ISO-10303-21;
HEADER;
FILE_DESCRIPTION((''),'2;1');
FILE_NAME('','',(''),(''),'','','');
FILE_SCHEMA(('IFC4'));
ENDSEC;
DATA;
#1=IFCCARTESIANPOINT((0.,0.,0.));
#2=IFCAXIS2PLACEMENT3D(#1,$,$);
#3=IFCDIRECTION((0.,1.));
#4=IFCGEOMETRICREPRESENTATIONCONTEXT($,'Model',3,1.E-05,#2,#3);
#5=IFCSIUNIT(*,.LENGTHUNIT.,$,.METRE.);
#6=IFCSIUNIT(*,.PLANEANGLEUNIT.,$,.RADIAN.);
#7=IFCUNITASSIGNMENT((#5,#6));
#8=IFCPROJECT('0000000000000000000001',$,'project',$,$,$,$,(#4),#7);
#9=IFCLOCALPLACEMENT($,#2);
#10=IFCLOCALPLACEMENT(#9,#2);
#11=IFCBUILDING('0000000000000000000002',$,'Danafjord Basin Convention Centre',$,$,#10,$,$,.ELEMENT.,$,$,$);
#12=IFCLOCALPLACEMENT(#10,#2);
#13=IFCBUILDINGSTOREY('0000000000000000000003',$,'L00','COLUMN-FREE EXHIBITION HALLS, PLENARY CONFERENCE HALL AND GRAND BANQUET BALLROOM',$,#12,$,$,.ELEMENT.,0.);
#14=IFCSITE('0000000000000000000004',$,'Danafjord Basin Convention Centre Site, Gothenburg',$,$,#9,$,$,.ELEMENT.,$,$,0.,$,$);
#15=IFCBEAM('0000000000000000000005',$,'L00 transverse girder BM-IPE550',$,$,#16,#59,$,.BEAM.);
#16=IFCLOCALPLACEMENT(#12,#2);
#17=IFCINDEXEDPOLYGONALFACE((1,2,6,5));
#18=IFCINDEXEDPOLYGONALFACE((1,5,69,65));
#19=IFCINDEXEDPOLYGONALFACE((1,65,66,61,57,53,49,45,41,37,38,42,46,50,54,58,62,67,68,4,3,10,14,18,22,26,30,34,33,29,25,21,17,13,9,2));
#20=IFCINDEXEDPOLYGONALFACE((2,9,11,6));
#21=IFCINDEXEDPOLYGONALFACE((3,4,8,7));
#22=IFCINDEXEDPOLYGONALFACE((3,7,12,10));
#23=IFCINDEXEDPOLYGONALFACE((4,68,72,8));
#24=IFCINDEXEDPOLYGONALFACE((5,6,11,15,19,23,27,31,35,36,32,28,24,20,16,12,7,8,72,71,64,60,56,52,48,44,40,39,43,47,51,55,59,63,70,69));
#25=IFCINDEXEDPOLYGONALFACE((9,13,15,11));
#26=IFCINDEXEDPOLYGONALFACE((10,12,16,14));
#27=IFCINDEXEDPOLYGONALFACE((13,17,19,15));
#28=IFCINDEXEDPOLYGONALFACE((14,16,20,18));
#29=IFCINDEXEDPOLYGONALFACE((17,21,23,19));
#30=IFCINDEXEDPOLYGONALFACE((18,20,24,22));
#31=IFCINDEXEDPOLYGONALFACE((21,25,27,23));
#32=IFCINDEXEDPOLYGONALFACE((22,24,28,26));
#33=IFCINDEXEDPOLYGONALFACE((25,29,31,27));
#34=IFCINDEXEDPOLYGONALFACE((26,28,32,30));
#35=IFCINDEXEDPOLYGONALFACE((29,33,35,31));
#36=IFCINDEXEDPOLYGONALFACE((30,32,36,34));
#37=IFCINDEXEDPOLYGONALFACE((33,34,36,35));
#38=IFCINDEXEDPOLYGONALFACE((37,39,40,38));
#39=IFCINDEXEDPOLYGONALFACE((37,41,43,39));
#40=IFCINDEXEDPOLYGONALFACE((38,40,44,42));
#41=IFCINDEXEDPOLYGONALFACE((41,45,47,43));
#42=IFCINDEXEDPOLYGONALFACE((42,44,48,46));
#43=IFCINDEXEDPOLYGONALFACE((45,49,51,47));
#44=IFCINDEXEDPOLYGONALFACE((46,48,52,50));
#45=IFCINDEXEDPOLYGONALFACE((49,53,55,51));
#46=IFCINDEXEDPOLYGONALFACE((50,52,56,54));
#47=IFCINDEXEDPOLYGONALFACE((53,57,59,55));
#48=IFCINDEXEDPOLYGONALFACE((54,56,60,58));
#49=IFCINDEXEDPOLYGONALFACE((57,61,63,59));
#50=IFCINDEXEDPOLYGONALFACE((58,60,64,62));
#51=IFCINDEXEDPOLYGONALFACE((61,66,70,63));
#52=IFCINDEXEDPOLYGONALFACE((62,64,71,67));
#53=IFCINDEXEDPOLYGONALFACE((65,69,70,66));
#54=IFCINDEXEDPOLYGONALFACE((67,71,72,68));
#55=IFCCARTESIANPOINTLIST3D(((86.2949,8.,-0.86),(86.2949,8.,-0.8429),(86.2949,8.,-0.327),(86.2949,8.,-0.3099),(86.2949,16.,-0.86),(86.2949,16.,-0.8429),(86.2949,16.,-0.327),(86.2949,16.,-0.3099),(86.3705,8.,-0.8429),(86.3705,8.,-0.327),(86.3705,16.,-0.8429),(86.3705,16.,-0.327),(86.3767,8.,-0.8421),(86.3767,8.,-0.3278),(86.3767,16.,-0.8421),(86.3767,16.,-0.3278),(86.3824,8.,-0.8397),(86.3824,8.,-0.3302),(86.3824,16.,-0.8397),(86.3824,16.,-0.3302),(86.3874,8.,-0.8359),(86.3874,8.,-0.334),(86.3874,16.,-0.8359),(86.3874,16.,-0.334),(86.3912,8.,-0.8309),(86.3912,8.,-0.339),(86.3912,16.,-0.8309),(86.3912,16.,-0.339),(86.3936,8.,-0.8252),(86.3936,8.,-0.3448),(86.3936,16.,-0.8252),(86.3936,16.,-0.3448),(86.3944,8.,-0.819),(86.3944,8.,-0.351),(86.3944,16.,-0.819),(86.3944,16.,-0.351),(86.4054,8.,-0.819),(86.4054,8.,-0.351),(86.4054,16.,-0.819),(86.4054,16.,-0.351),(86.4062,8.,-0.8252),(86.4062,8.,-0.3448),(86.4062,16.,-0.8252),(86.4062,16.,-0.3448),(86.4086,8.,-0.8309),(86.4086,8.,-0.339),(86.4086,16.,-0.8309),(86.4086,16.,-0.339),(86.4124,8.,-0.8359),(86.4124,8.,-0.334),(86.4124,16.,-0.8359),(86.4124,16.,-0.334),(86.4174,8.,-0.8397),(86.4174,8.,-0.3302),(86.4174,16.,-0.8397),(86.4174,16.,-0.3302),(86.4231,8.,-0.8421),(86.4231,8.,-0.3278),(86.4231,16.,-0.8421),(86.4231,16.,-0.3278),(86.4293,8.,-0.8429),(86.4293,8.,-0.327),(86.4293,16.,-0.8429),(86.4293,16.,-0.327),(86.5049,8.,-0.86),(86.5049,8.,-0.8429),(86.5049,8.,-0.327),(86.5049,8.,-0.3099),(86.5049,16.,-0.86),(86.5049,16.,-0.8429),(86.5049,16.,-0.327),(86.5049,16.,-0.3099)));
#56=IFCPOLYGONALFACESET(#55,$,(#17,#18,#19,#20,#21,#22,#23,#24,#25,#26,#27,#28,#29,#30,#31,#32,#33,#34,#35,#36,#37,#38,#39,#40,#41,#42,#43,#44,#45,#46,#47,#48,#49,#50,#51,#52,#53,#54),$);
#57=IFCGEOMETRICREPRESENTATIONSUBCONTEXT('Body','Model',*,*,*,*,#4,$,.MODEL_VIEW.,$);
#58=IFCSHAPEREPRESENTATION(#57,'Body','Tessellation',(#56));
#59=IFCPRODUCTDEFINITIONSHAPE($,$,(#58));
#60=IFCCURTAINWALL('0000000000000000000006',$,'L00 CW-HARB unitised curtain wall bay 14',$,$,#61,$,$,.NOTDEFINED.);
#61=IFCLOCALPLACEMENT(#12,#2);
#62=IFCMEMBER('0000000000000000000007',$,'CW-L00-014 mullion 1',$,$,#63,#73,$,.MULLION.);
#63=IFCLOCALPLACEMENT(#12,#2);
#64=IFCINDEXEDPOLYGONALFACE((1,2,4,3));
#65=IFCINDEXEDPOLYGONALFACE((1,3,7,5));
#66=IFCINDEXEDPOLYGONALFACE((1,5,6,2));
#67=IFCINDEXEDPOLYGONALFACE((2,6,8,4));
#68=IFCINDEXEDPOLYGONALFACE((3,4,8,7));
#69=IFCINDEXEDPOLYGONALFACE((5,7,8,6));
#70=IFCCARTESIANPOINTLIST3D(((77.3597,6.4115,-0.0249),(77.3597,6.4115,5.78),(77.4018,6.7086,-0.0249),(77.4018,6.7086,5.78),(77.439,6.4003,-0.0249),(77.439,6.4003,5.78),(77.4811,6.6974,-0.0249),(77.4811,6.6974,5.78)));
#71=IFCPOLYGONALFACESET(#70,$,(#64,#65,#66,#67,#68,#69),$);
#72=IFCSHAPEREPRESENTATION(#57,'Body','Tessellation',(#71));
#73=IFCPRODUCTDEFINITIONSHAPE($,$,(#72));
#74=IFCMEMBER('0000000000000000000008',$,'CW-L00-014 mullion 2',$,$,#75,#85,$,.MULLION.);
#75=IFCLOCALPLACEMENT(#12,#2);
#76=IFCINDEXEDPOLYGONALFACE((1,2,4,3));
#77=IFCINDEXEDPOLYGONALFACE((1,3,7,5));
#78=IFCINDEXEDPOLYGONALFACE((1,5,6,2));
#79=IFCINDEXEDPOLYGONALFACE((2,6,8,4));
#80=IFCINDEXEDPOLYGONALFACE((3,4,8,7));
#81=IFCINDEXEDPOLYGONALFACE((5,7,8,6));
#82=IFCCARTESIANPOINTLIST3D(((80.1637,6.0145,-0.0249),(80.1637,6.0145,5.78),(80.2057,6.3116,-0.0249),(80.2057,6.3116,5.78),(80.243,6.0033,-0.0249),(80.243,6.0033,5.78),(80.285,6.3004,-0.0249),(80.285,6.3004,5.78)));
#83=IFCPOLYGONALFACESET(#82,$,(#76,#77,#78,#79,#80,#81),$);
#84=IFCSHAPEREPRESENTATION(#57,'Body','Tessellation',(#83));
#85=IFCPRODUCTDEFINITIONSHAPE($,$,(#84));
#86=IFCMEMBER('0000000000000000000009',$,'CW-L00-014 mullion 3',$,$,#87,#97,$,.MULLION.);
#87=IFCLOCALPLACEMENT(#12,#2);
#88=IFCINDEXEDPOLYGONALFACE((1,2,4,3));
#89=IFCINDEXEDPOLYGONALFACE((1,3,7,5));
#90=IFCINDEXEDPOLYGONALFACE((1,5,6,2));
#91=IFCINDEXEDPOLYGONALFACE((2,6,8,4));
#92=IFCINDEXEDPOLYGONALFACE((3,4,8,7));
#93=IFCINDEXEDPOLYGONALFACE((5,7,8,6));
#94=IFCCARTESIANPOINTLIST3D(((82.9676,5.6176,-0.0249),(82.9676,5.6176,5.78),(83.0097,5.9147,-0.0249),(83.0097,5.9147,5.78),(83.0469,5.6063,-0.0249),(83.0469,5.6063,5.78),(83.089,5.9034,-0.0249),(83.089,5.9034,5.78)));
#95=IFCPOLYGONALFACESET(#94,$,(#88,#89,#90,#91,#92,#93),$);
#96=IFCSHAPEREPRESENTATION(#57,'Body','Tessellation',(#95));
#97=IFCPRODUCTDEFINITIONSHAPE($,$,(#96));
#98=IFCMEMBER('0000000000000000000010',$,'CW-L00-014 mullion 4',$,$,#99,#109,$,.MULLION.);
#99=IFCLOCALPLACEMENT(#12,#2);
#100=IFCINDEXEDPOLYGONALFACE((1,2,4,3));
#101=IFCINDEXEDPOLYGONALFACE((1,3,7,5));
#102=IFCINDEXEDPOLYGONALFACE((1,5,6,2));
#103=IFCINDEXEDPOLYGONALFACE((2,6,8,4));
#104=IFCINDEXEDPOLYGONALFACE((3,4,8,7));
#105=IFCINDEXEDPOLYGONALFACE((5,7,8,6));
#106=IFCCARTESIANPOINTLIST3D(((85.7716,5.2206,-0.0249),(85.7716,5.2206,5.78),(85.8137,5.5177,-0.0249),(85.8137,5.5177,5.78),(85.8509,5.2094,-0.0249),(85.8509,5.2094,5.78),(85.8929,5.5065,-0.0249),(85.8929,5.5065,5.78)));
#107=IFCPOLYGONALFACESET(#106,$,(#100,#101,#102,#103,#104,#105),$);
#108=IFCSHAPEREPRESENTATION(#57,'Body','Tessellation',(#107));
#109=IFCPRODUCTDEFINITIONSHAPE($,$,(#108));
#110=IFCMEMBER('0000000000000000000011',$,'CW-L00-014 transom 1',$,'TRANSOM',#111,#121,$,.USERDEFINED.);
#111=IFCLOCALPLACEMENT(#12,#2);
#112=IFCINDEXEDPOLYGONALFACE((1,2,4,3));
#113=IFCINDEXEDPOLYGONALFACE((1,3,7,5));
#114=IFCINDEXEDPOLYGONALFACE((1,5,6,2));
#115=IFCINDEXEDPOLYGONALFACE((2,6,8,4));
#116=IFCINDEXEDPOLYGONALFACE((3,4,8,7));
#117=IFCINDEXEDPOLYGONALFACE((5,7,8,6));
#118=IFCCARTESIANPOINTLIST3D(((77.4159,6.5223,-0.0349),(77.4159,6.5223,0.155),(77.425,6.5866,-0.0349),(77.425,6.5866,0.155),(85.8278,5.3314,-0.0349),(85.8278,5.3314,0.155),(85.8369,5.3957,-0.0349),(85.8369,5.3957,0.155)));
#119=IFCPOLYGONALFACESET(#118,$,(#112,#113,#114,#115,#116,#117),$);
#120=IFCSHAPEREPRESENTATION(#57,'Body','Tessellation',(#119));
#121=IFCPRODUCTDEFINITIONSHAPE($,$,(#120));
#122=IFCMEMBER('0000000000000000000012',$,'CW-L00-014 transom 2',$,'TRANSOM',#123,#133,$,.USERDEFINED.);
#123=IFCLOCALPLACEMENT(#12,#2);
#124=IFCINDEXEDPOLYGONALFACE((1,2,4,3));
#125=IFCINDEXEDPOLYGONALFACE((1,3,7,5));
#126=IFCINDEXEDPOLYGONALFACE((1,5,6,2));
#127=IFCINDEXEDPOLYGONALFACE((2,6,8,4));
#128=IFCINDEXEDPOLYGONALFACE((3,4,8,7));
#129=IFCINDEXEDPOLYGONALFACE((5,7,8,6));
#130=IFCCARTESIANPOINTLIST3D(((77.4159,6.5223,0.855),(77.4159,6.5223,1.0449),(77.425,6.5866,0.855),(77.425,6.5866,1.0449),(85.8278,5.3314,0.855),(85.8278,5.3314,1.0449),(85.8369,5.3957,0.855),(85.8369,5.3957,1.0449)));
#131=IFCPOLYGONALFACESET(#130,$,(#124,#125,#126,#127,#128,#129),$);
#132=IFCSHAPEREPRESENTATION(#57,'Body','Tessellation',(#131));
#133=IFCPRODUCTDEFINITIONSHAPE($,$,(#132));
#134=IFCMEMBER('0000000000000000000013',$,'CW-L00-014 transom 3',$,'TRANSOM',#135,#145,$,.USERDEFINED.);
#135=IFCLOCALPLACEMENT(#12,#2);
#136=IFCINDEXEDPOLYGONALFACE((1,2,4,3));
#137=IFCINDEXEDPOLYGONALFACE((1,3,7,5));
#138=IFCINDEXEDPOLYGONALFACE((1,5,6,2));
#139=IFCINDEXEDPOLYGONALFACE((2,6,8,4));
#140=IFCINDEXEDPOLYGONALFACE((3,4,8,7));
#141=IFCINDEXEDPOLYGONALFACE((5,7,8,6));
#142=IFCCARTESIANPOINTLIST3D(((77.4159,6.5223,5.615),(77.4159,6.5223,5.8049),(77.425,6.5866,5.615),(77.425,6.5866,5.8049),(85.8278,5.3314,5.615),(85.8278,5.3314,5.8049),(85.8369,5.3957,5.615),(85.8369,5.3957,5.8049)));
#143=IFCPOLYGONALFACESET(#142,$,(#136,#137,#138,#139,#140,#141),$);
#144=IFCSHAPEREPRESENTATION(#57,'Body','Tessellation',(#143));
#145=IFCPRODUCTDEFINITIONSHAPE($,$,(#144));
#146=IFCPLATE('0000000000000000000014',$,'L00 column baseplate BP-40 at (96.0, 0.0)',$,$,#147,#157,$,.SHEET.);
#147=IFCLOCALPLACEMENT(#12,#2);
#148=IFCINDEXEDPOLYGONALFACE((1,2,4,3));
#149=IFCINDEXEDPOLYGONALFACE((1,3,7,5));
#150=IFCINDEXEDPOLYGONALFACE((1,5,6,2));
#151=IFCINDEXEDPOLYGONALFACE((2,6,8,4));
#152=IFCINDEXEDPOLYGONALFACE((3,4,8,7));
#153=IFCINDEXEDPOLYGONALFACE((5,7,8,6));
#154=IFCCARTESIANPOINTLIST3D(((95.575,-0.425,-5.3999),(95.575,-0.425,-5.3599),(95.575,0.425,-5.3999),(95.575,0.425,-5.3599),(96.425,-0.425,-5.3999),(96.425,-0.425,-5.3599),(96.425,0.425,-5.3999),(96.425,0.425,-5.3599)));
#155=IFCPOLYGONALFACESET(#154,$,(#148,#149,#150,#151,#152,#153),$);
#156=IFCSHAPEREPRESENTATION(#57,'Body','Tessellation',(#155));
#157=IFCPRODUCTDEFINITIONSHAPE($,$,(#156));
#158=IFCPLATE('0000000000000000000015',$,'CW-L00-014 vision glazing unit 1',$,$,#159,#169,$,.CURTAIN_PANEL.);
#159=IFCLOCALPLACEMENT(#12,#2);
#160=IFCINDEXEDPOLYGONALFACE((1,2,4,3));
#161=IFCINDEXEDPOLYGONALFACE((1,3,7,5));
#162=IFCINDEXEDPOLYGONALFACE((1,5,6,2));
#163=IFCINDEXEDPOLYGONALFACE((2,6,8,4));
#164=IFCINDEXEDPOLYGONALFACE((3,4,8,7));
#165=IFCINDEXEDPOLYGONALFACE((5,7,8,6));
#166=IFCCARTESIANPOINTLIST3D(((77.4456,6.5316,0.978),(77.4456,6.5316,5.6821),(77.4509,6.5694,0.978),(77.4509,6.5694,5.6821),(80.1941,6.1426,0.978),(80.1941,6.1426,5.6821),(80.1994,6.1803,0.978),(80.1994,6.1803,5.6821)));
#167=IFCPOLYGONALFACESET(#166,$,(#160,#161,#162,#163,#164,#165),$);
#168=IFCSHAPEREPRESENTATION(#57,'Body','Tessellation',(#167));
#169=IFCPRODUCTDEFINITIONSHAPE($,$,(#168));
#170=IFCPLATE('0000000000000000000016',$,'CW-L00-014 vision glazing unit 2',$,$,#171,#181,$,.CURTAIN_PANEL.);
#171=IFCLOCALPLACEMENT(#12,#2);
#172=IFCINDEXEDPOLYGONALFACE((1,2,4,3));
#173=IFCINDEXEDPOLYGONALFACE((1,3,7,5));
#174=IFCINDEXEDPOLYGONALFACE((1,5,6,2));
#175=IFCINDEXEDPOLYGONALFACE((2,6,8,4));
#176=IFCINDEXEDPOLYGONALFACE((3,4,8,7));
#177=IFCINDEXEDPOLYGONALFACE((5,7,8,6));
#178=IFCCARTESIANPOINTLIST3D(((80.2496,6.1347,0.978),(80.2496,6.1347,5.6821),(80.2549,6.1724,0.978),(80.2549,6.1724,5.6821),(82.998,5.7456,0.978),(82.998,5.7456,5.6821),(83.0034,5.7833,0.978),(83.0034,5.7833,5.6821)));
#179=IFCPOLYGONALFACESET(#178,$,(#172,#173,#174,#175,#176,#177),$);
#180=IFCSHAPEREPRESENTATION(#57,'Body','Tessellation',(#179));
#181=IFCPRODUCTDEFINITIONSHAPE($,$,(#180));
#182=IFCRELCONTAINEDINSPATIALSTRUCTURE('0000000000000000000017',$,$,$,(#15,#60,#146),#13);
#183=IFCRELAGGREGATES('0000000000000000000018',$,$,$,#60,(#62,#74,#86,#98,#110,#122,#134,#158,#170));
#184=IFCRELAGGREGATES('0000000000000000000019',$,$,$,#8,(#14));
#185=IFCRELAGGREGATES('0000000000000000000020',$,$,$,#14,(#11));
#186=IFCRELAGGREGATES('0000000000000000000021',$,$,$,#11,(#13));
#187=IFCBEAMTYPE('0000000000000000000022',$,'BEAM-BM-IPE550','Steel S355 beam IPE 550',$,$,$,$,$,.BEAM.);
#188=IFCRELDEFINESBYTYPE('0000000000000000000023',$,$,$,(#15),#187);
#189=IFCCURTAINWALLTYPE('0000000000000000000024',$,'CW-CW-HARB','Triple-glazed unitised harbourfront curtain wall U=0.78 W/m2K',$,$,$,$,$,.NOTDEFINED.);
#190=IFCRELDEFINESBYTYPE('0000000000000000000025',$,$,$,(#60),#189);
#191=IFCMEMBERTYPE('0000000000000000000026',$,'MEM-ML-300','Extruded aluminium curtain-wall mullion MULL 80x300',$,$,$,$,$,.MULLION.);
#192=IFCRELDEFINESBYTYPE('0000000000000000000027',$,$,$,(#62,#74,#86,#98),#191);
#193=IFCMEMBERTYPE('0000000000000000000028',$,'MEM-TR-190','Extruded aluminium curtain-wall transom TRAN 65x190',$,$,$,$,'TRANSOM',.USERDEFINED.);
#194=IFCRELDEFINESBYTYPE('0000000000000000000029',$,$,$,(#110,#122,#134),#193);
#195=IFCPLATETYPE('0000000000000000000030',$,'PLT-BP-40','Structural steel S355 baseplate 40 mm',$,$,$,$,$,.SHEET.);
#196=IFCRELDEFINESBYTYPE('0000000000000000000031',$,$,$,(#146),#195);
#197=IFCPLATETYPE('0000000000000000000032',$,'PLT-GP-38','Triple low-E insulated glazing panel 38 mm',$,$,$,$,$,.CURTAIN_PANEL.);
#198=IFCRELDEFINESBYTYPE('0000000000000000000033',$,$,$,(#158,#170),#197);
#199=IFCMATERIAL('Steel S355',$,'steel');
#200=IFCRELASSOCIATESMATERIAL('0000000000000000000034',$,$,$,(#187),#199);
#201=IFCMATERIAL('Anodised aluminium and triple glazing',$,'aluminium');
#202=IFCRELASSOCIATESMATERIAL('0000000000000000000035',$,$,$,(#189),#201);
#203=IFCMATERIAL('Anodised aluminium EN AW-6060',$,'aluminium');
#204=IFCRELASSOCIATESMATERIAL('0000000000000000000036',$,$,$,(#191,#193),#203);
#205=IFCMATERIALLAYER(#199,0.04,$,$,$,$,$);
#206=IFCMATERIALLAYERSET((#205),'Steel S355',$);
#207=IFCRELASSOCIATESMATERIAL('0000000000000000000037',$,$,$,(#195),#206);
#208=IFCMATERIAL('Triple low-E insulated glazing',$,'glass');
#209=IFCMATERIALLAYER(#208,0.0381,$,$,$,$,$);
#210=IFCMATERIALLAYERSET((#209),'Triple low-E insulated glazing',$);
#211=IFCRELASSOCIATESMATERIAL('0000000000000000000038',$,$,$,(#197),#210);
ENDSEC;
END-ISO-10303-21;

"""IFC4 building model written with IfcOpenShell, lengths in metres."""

from ifc_helpers import new_model, si_unit, direction, frame, origin, origin_2d, place, context, subcontext, project, spatial, rectangle, i_section, extrude, material, layer, layer_set, material_profile, profile_set, type_object, element, aggregate, save


model = new_model("IFC4")

# Units and contexts
model_context = context("Model", 3, precision=1e-05, world=origin(), true_north=direction((0.0, 1.0)))
body_context = subcontext(model_context, "Body", "Model", "MODEL_VIEW")
ifc_project = project(units=[si_unit("LENGTHUNIT", "METRE"), si_unit("PLANEANGLEUNIT", "RADIAN")], contexts=[model_context])

# Site, building, storey
site_placement = place(None, origin())
site = spatial("IfcSite", under=ifc_project, at=site_placement, Name="Danafjord Basin Convention Centre Site, Gothenburg", CompositionType="ELEMENT", RefElevation=0.0)
building_placement = place(site_placement, origin())
building = spatial("IfcBuilding", under=site, at=building_placement, Name="Danafjord Basin Convention Centre", CompositionType="ELEMENT")
storey_placement = place(building_placement, origin())
storey = spatial("IfcBuildingStorey", under=building, at=storey_placement, Name="L00", Description="COLUMN-FREE EXHIBITION HALLS, PLENARY CONFERENCE HALL AND GRAND BANQUET BALLROOM", CompositionType="ELEMENT", Elevation=0.0)

# Shared definitions
ifc_material_1 = material(Name="Steel S355", Category="steel")

# Beam
ifc_material_profile_1 = material_profile(ifc_material_1, i_section(OverallWidth=0.21, OverallDepth=0.55, WebThickness=0.011, FlangeThickness=0.0171, FilletRadius=0.0239, at=origin_2d()), Name="IPE 550")
ifc_profile_set_1 = profile_set([ifc_material_profile_1], Name="Steel S355")
beam_type_1 = type_object("IfcBeamType", Name="BEAM-BM-IPE550", Description="Steel S355 beam IPE 550", PredefinedType="BEAM", material=ifc_profile_set_1)
beam_1_placement = place(storey_placement, frame((86.3999, 8.0, -0.585), z_axis=(0.0, 1.0, 0.0), x_axis=(-1.0, 0.0, 0.0)))
element("IfcBeam", 1, at=beam_1_placement, inside=storey, type_object=beam_type_1, Name="L00 transverse girder BM-IPE550", PredefinedType="BEAM", context=body_context, shape_type="SweptSolid", body=[
    extrude(i_section(OverallWidth=0.21, OverallDepth=0.55, WebThickness=0.011, FlangeThickness=0.0171, FilletRadius=0.0239, at=origin_2d()), origin(), (0.0, 0.0, 1.0), 8.0),
])

# Curtain wall, members
ifc_material_2 = material(Name="Anodised aluminium and triple glazing", Category="aluminium")
curtain_wall_type = type_object("IfcCurtainWallType", Name="CW-CW-HARB", Description="Triple-glazed unitised harbourfront curtain wall U=0.78 W/m2K", PredefinedType="NOTDEFINED", material=ifc_material_2)
curtain_wall_placement = place(storey_placement, origin())
curtain_wall = element("IfcCurtainWall", 2, at=curtain_wall_placement, inside=storey, type_object=curtain_wall_type, Name="L00 CW-HARB unitised curtain wall bay 14", PredefinedType="NOTDEFINED")
ifc_material_3 = material(Name="Anodised aluminium EN AW-6060", Category="aluminium")
ifc_material_profile_2 = material_profile(ifc_material_3, rectangle(XDim=0.0801, YDim=0.3, at=origin_2d()), Name="MULL 80x300")
ifc_profile_set_2 = profile_set([ifc_material_profile_2], Name="Anodised aluminium EN AW-6060")
member_type_1 = type_object("IfcMemberType", Name="MEM-ML-300", Description="Extruded aluminium curtain-wall mullion MULL 80x300", PredefinedType="MULLION", material=ifc_profile_set_2)
member_1_placement = place(storey_placement, frame((77.4204, 6.5544, -0.0249), z_axis=(0.0, 0.0, 1.0), x_axis=(0.990128, -0.140165, 0.0)))
member_1 = element("IfcMember", 3, at=member_1_placement, type_object=member_type_1, Name="CW-L00-014 mullion 1", PredefinedType="MULLION", context=body_context, shape_type="SweptSolid", body=[
    extrude(rectangle(XDim=0.0801, YDim=0.3, at=origin_2d()), origin(), (0.0, 0.0, 1.0), 5.8049),
])
member_2_placement = place(storey_placement, frame((80.2244, 6.1575, -0.0249), z_axis=(0.0, 0.0, 1.0), x_axis=(0.990128, -0.140165, 0.0)))
member_2 = element("IfcMember", 4, at=member_2_placement, type_object=member_type_1, Name="CW-L00-014 mullion 2", PredefinedType="MULLION", context=body_context, shape_type="SweptSolid", body=[
    extrude(rectangle(XDim=0.0801, YDim=0.3, at=origin_2d()), origin(), (0.0, 0.0, 1.0), 5.8049),
])
member_3_placement = place(storey_placement, frame((83.0283, 5.7605, -0.0249), z_axis=(0.0, 0.0, 1.0), x_axis=(0.990128, -0.140165, 0.0)))
member_3 = element("IfcMember", 5, at=member_3_placement, type_object=member_type_1, Name="CW-L00-014 mullion 3", PredefinedType="MULLION", context=body_context, shape_type="SweptSolid", body=[
    extrude(rectangle(XDim=0.0801, YDim=0.3, at=origin_2d()), origin(), (0.0, 0.0, 1.0), 5.8049),
])
member_4_placement = place(storey_placement, frame((85.8323, 5.3635, -0.0249), z_axis=(0.0, 0.0, 1.0), x_axis=(0.990128, -0.140165, 0.0)))
member_4 = element("IfcMember", 6, at=member_4_placement, type_object=member_type_1, Name="CW-L00-014 mullion 4", PredefinedType="MULLION", context=body_context, shape_type="SweptSolid", body=[
    extrude(rectangle(XDim=0.0801, YDim=0.3, at=origin_2d()), origin(), (0.0, 0.0, 1.0), 5.8049),
])
ifc_material_profile_3 = material_profile(ifc_material_3, rectangle(XDim=0.0649, YDim=0.1899, at=origin_2d()), Name="TRAN 65x190")
ifc_profile_set_3 = profile_set([ifc_material_profile_3], Name="Anodised aluminium EN AW-6060")
member_type_2 = type_object("IfcMemberType", Name="MEM-TR-190", Description="Extruded aluminium curtain-wall transom TRAN 65x190", ElementType="TRANSOM", PredefinedType="USERDEFINED", material=ifc_profile_set_3)
member_5_placement = place(storey_placement, frame((77.4204, 6.5544, 0.0601), z_axis=(0.990126, -0.140178, 0.0), x_axis=(0.140178, 0.990126, 0.0)))
member_5 = element("IfcMember", 7, at=member_5_placement, type_object=member_type_2, Name="CW-L00-014 transom 1", ObjectType="TRANSOM", PredefinedType="USERDEFINED", context=body_context, shape_type="SweptSolid", body=[
    extrude(rectangle(XDim=0.0649, YDim=0.1899, at=origin_2d()), origin(), (0.0, 0.0, 1.0), 8.4958),
])
member_6_placement = place(storey_placement, frame((77.4204, 6.5544, 0.95), z_axis=(0.990126, -0.140178, 0.0), x_axis=(0.140178, 0.990126, 0.0)))
member_6 = element("IfcMember", 8, at=member_6_placement, type_object=member_type_2, Name="CW-L00-014 transom 2", ObjectType="TRANSOM", PredefinedType="USERDEFINED", context=body_context, shape_type="SweptSolid", body=[
    extrude(rectangle(XDim=0.0649, YDim=0.1899, at=origin_2d()), origin(), (0.0, 0.0, 1.0), 8.4958),
])
member_7_placement = place(storey_placement, frame((77.4204, 6.5544, 5.71), z_axis=(0.990126, -0.140178, 0.0), x_axis=(0.140178, 0.990126, 0.0)))
member_7 = element("IfcMember", 9, at=member_7_placement, type_object=member_type_2, Name="CW-L00-014 transom 3", ObjectType="TRANSOM", PredefinedType="USERDEFINED", context=body_context, shape_type="SweptSolid", body=[
    extrude(rectangle(XDim=0.0649, YDim=0.1899, at=origin_2d()), origin(), (0.0, 0.0, 1.0), 8.4958),
])

# Plates
ifc_layer_1 = layer(ifc_material_1, 0.04)
ifc_layer_set_1 = layer_set([ifc_layer_1], Name="Steel S355")
plate_type_1 = type_object("IfcPlateType", Name="PLT-BP-40", Description="Structural steel S355 baseplate 40 mm", PredefinedType="SHEET", material=ifc_layer_set_1)
plate_1_placement = place(storey_placement, frame((96.0, 0.0, -5.3999), z_axis=(0.0, 0.0, 1.0), x_axis=(1.0, 0.0, 0.0)))
element("IfcPlate", 10, at=plate_1_placement, inside=storey, type_object=plate_type_1, Name="L00 column baseplate BP-40 at (96.0, 0.0)", PredefinedType="SHEET", context=body_context, shape_type="SweptSolid", body=[
    extrude(rectangle(XDim=0.8501, YDim=0.8501, at=origin_2d()), origin(), (0.0, 0.0, 1.0), 0.04),
])
ifc_material_4 = material(Name="Triple low-E insulated glazing", Category="glass")
ifc_layer_2 = layer(ifc_material_4, 0.0381)
ifc_layer_set_2 = layer_set([ifc_layer_2], Name="Triple low-E insulated glazing")
plate_type_2 = type_object("IfcPlateType", Name="PLT-GP-38", Description="Triple low-E insulated glazing panel 38 mm", PredefinedType="CURTAIN_PANEL", material=ifc_layer_set_2)
plate_2_placement = place(storey_placement, frame((78.8225, 6.356, 0.978), z_axis=(0.0, 0.0, 1.0), x_axis=(0.990128, -0.140165, 0.0)))
plate_2 = element("IfcPlate", 11, at=plate_2_placement, type_object=plate_type_2, Name="CW-L00-014 vision glazing unit 1", PredefinedType="CURTAIN_PANEL", context=body_context, shape_type="SweptSolid", body=[
    extrude(rectangle(XDim=2.7759, YDim=0.0381, at=origin_2d()), origin(), (0.0, 0.0, 1.0), 4.7041),
])
plate_3_placement = place(storey_placement, frame((81.6265, 5.959, 0.978), z_axis=(0.0, 0.0, 1.0), x_axis=(0.990128, -0.140165, 0.0)))
plate_3 = element("IfcPlate", 12, at=plate_3_placement, type_object=plate_type_2, Name="CW-L00-014 vision glazing unit 2", PredefinedType="CURTAIN_PANEL", context=body_context, shape_type="SweptSolid", body=[
    extrude(rectangle(XDim=2.7759, YDim=0.0381, at=origin_2d()), origin(), (0.0, 0.0, 1.0), 4.7041),
])
aggregate(curtain_wall, [member_1, member_2, member_3, member_4, member_5, member_6, member_7, plate_2, plate_3])

save(model, "model.ifc")
